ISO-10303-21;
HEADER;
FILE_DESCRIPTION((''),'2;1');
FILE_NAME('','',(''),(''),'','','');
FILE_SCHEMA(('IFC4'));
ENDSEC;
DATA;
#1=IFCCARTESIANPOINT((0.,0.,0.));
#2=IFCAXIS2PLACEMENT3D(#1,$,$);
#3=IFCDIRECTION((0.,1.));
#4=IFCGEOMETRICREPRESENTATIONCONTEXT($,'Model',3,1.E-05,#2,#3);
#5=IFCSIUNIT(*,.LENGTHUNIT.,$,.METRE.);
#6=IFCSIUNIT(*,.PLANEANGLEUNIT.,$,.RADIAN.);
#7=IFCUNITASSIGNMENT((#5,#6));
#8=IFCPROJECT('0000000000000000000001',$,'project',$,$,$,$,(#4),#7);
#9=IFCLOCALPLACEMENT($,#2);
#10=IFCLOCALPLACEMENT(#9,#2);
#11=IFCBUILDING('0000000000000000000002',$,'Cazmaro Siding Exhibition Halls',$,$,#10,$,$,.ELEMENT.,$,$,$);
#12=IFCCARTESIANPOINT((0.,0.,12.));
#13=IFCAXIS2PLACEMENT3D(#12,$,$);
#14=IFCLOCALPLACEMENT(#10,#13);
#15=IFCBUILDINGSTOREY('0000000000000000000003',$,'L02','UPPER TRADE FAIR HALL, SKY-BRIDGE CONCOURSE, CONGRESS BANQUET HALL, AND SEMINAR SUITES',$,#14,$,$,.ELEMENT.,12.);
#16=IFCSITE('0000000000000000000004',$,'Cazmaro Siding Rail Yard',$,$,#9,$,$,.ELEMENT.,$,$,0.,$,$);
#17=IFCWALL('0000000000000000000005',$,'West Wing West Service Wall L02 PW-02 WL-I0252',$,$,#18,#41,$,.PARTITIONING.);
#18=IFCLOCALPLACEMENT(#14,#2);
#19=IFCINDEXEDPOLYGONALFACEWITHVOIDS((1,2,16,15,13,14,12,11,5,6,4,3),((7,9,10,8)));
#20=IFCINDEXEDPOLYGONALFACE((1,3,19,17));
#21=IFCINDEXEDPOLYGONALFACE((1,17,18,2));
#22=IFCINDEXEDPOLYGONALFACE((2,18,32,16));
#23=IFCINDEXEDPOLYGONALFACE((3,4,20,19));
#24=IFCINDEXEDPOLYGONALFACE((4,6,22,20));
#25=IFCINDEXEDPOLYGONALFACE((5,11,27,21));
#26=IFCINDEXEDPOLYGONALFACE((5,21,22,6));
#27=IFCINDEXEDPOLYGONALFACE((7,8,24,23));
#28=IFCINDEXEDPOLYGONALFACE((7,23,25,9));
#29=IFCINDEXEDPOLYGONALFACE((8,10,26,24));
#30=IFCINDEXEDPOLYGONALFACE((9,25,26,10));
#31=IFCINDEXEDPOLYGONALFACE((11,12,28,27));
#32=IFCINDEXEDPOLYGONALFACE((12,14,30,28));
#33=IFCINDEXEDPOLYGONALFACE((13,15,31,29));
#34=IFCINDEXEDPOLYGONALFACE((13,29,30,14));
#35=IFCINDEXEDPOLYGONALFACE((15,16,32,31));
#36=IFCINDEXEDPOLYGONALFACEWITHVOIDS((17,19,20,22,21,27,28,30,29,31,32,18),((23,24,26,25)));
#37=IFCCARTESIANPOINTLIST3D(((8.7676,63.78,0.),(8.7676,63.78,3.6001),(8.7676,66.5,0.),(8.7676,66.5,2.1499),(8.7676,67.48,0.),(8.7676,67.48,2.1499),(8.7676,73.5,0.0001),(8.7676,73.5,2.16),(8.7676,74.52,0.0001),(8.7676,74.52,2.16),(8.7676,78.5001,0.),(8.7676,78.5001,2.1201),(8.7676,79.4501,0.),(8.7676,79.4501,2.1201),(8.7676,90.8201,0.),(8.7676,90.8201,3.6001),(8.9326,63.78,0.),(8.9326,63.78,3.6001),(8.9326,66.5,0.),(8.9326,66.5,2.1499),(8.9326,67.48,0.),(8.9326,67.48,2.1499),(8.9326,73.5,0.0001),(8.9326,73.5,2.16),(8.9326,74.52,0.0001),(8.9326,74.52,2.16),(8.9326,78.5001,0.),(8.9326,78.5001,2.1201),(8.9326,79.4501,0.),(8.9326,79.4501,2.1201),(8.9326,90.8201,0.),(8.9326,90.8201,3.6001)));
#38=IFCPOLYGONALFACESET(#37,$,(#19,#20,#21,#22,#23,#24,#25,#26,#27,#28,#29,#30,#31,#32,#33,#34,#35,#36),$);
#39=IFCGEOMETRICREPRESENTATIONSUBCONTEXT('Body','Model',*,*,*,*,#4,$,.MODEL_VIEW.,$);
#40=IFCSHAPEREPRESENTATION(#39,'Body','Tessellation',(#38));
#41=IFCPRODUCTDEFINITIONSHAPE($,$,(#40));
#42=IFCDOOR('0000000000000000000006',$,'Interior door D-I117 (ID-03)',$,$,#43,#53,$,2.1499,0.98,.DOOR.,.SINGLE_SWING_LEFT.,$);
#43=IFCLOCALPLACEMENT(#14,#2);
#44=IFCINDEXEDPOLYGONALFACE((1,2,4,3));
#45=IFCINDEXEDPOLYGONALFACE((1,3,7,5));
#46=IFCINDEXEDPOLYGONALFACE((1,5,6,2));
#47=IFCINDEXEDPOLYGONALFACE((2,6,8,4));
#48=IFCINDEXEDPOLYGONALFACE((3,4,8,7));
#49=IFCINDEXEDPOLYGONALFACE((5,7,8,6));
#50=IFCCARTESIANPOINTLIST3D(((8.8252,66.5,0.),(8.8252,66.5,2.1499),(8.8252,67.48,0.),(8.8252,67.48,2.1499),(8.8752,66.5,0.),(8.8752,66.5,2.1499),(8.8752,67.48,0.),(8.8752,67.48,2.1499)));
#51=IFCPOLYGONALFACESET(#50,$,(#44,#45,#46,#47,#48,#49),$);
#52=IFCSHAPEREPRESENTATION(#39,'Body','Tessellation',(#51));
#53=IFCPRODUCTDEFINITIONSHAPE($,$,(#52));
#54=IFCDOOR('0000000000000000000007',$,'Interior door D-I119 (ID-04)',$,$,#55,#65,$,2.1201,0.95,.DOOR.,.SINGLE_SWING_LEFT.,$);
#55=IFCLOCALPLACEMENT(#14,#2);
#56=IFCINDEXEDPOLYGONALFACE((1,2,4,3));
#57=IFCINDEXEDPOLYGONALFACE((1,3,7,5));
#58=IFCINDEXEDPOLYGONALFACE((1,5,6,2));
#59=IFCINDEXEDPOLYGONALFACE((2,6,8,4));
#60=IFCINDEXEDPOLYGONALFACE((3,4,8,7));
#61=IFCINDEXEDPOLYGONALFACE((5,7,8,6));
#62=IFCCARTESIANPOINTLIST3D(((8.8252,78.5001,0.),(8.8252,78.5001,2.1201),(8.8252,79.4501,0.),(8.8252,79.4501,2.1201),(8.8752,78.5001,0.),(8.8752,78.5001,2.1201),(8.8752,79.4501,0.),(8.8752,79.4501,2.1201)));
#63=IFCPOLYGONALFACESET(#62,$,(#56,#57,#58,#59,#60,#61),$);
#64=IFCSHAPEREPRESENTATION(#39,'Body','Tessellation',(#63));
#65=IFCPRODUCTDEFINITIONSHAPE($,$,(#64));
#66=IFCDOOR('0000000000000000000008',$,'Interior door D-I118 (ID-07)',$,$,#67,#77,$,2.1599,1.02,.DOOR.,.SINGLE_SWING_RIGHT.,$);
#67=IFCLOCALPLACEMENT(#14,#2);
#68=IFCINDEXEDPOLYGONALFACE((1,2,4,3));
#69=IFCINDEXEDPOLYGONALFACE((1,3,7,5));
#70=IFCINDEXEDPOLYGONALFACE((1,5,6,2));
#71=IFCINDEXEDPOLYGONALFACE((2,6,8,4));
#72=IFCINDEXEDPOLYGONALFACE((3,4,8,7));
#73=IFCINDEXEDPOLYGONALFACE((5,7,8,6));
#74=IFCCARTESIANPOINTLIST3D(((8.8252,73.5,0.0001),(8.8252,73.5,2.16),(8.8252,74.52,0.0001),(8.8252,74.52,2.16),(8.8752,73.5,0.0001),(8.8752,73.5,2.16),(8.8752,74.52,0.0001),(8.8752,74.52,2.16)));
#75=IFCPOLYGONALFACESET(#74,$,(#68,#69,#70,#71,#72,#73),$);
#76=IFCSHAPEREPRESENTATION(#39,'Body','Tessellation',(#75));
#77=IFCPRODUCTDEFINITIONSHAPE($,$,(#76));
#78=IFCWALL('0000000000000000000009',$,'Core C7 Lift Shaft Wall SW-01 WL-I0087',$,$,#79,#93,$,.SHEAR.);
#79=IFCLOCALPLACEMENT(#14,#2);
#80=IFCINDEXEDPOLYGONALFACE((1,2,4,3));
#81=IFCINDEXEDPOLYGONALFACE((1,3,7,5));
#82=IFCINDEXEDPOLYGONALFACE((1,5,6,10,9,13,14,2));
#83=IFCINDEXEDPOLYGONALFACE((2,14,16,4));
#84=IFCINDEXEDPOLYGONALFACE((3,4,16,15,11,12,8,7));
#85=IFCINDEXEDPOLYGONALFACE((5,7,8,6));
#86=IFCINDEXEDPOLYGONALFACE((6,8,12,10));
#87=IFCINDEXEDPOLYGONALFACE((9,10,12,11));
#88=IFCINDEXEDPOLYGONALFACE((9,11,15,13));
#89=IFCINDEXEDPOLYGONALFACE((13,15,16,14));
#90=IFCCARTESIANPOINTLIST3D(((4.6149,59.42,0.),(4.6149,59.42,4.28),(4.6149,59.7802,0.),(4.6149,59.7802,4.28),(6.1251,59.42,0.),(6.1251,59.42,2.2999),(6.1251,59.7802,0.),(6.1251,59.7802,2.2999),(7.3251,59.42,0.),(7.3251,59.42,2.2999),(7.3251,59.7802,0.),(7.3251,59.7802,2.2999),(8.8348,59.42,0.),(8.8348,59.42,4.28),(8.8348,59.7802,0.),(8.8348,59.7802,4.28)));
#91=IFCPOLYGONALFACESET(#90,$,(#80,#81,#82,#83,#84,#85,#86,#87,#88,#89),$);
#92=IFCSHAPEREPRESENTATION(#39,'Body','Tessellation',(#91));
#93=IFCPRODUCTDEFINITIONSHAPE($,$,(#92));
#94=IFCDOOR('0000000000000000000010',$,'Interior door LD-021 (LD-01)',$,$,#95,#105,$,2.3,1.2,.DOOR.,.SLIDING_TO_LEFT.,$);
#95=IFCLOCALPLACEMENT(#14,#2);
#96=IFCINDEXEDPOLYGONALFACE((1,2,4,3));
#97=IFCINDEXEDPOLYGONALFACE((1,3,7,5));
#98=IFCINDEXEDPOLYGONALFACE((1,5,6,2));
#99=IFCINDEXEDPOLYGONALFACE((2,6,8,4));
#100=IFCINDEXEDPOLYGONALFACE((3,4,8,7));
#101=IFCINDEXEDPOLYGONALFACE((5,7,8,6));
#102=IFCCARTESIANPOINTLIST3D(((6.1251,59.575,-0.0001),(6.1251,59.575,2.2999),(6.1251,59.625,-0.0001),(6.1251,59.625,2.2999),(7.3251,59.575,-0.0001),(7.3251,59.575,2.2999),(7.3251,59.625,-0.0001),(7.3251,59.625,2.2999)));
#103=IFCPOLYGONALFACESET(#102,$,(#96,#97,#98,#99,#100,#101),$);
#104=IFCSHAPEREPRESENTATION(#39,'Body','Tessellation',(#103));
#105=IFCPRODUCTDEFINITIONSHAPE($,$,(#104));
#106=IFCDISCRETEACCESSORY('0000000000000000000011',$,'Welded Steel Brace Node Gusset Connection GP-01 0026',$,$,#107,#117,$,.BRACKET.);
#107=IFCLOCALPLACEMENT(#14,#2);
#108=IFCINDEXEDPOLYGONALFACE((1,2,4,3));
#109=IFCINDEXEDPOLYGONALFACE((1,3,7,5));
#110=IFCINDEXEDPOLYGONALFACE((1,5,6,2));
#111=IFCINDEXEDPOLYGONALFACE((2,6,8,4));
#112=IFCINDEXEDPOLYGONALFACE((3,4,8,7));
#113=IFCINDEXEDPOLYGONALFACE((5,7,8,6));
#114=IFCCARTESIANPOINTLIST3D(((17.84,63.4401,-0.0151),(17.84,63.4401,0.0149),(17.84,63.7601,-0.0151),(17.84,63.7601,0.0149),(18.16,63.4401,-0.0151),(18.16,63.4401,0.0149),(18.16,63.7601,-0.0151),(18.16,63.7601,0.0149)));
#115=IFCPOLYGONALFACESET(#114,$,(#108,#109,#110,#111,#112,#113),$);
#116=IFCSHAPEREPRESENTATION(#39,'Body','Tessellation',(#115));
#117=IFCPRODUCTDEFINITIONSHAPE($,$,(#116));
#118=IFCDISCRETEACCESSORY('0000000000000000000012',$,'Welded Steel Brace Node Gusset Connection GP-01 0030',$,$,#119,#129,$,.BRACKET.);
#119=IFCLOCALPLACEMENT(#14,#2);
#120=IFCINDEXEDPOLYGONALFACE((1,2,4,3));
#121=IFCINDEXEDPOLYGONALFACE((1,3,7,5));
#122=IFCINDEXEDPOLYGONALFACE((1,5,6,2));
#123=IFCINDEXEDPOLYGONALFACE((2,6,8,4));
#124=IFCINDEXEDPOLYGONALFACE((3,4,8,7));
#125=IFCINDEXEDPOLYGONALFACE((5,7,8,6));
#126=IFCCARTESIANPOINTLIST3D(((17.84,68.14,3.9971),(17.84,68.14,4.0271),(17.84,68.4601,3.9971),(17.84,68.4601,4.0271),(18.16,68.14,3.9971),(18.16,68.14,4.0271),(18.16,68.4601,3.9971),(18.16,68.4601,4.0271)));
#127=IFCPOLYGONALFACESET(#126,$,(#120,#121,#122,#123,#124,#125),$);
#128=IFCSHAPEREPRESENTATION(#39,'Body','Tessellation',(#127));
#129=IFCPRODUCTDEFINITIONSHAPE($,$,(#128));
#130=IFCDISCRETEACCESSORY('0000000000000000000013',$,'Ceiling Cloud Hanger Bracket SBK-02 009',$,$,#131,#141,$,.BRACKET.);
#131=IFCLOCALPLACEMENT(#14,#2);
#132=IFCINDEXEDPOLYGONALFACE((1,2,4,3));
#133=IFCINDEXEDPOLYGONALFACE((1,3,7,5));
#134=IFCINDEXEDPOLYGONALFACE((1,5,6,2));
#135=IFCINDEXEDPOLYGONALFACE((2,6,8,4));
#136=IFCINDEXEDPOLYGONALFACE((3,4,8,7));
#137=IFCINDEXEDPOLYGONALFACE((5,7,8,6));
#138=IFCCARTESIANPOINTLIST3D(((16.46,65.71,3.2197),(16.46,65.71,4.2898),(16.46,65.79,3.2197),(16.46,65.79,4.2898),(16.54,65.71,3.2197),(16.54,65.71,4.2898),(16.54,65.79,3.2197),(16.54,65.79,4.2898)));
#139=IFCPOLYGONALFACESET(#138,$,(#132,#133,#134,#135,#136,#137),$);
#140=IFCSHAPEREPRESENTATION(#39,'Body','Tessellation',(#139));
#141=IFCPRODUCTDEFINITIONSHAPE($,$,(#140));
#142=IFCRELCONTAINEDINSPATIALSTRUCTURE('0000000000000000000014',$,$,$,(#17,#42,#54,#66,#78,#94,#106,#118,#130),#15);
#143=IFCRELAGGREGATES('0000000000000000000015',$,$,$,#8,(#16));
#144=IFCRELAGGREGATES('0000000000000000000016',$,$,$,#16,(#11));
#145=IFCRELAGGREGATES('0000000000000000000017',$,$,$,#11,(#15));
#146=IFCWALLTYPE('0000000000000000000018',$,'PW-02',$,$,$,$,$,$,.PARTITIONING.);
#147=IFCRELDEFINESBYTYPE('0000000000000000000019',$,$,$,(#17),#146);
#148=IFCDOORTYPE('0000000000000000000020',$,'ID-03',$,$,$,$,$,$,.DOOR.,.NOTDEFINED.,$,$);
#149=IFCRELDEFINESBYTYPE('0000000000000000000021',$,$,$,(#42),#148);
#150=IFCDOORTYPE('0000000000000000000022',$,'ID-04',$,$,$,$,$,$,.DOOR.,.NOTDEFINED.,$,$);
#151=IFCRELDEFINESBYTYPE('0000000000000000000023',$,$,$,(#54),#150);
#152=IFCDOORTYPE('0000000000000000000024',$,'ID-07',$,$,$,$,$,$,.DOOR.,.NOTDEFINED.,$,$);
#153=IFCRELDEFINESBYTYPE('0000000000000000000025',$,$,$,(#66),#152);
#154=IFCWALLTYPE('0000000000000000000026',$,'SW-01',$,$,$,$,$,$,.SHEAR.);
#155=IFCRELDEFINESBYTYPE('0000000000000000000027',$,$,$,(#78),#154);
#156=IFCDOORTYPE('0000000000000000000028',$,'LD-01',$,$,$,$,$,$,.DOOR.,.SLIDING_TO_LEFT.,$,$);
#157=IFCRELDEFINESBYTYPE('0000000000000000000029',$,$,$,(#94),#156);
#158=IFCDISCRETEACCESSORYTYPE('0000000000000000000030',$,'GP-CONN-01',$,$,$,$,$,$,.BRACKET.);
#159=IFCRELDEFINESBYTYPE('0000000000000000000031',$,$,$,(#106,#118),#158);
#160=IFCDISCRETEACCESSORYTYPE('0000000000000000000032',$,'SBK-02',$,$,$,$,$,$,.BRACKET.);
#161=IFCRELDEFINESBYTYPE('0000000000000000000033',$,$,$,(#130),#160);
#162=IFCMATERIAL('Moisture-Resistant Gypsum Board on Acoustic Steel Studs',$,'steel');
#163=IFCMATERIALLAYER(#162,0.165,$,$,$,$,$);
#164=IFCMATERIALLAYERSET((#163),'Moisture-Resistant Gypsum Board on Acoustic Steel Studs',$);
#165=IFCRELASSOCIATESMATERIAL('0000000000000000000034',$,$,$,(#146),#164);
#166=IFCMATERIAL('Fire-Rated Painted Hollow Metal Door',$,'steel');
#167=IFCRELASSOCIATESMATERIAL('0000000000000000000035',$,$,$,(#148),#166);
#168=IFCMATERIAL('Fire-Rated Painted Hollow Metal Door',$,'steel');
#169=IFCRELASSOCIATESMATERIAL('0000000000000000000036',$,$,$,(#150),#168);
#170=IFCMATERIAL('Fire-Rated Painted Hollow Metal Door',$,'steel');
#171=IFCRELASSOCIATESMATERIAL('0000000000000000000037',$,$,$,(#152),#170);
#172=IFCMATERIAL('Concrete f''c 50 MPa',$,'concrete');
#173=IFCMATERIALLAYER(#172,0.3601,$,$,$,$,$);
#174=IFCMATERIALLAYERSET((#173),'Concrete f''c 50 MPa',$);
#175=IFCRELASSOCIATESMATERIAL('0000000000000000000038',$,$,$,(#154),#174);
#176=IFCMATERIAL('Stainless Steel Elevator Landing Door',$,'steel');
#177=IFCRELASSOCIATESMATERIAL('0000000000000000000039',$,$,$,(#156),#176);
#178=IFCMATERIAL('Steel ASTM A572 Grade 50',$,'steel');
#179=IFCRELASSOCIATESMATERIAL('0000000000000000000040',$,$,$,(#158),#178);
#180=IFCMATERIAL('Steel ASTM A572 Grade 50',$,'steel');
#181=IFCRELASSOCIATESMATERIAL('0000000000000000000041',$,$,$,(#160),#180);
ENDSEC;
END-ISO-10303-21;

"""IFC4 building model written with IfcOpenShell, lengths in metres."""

from ifc_helpers import new_model, si_unit, direction, frame, frame_2d, origin, origin_2d, place, context, subcontext, project, spatial, rectangle, extrude, material, layer, layer_set, type_object, element, fill, save


model = new_model("IFC4")

# Units and contexts
model_context = context("Model", 3, precision=1e-05, world=origin(), true_north=direction((0.0, 1.0)))
body_context = subcontext(model_context, "Body", "Model", "MODEL_VIEW")
ifc_project = project(units=[si_unit("LENGTHUNIT", "METRE"), si_unit("PLANEANGLEUNIT", "RADIAN")], contexts=[model_context])

# Site, building, storey
site_placement = place(None, origin())
site = spatial("IfcSite", under=ifc_project, at=site_placement, Name="Cazmaro Siding Rail Yard", CompositionType="ELEMENT", RefElevation=0.0)
building_placement = place(site_placement, origin())
building = spatial("IfcBuilding", under=site, at=building_placement, Name="Cazmaro Siding Exhibition Halls", CompositionType="ELEMENT")
storey_placement = place(building_placement, frame((0.0, 0.0, 12.0)))
storey = spatial("IfcBuildingStorey", under=building, at=storey_placement, Name="L02", Description="UPPER TRADE FAIR HALL, SKY-BRIDGE CONCOURSE, CONGRESS BANQUET HALL, AND SEMINAR SUITES", CompositionType="ELEMENT", Elevation=12.0)

# Wall, openings, doors
ifc_material_1 = material(Name="Moisture-Resistant Gypsum Board on Acoustic Steel Studs", Category="steel")
ifc_layer_1 = layer(ifc_material_1, 0.165)
ifc_layer_set_1 = layer_set([ifc_layer_1], Name="Moisture-Resistant Gypsum Board on Acoustic Steel Studs")
wall_type_1 = type_object("IfcWallType", Name="PW-02", PredefinedType="PARTITIONING", material=ifc_layer_set_1)
wall_1_placement = place(storey_placement, frame((8.8501, 63.78, 0.0), z_axis=(0.0, 0.0, 1.0), x_axis=(0.0, 1.0, 0.0)))
wall_1 = element("IfcWall", 1, at=wall_1_placement, inside=storey, type_object=wall_type_1, Name="West Wing West Service Wall L02 PW-02 WL-I0252", PredefinedType="PARTITIONING", context=body_context, shape_type="SweptSolid", body=[
    extrude(rectangle(XDim=27.04, YDim=0.165, at=frame_2d((13.52, 0.0))), origin(), (0.0, 0.0, 1.0), 3.6001),
])
opening_1_placement = place(wall_1_placement, frame((2.72, 0.0, 0.0)))
opening_1 = element("IfcOpeningElement", 2, at=opening_1_placement, cuts=wall_1, PredefinedType="OPENING", context=body_context, shape_type="SweptSolid", body=[
    extrude(rectangle(XDim=0.98, YDim=2.1499, at=frame_2d((0.49, 1.075))), frame((0.0, 0.0925, 0.0), z_axis=(0.0, -1.0, 0.0), x_axis=(1.0, 0.0, 0.0)), (0.0, 0.0, 1.0), 0.1851),
])
opening_2_placement = place(wall_1_placement, frame((9.72, 0.0, 0.0)))
opening_2 = element("IfcOpeningElement", 3, at=opening_2_placement, cuts=wall_1, PredefinedType="OPENING", context=body_context, shape_type="SweptSolid", body=[
    extrude(rectangle(XDim=1.02, YDim=2.1599, at=frame_2d((0.51, 1.0801))), frame((0.0, 0.0925, 0.0), z_axis=(0.0, -1.0, 0.0), x_axis=(1.0, 0.0, 0.0)), (0.0, 0.0, 1.0), 0.1851),
])
opening_3_placement = place(wall_1_placement, frame((14.72, 0.0, 0.0)))
opening_3 = element("IfcOpeningElement", 4, at=opening_3_placement, cuts=wall_1, PredefinedType="OPENING", context=body_context, shape_type="SweptSolid", body=[
    extrude(rectangle(XDim=0.95, YDim=2.1201, at=frame_2d((0.4751, 1.0601))), frame((0.0, 0.0925, 0.0), z_axis=(0.0, -1.0, 0.0), x_axis=(1.0, 0.0, 0.0)), (0.0, 0.0, 1.0), 0.1851),
])
ifc_material_2 = material(Name="Fire-Rated Painted Hollow Metal Door", Category="steel")
door_type_1 = type_object("IfcDoorType", Name="ID-03", OperationType="NOTDEFINED", PredefinedType="DOOR", material=ifc_material_2)
door_1_placement = place(opening_1_placement, origin())
door_1 = element("IfcDoor", 5, at=door_1_placement, inside=storey, type_object=door_type_1, Name="Interior door D-I117 (ID-03)", OperationType="SINGLE_SWING_LEFT", OverallHeight=2.1499, OverallWidth=0.98, PredefinedType="DOOR", context=body_context, shape_type="SweptSolid", body=[
    extrude(rectangle(XDim=0.98, YDim=2.1499, at=frame_2d((0.49, 1.075))), frame((0.0, 0.0249, 0.0), z_axis=(0.0, -1.0, 0.0), x_axis=(1.0, 0.0, 0.0)), (0.0, 0.0, 1.0), 0.05),
])
fill(opening_1, door_1)
ifc_material_3 = material(Name="Fire-Rated Painted Hollow Metal Door", Category="steel")
door_type_2 = type_object("IfcDoorType", Name="ID-04", OperationType="NOTDEFINED", PredefinedType="DOOR", material=ifc_material_3)
door_2_placement = place(opening_3_placement, origin())
door_2 = element("IfcDoor", 6, at=door_2_placement, inside=storey, type_object=door_type_2, Name="Interior door D-I119 (ID-04)", OperationType="SINGLE_SWING_LEFT", OverallHeight=2.1201, OverallWidth=0.95, PredefinedType="DOOR", context=body_context, shape_type="SweptSolid", body=[
    extrude(rectangle(XDim=0.95, YDim=2.1201, at=frame_2d((0.4751, 1.0601))), frame((0.0, 0.0249, 0.0), z_axis=(0.0, -1.0, 0.0), x_axis=(1.0, 0.0, 0.0)), (0.0, 0.0, 1.0), 0.05),
])
fill(opening_3, door_2)
ifc_material_4 = material(Name="Fire-Rated Painted Hollow Metal Door", Category="steel")
door_type_3 = type_object("IfcDoorType", Name="ID-07", OperationType="NOTDEFINED", PredefinedType="DOOR", material=ifc_material_4)
door_3_placement = place(opening_2_placement, origin())
door_3 = element("IfcDoor", 7, at=door_3_placement, inside=storey, type_object=door_type_3, Name="Interior door D-I118 (ID-07)", OperationType="SINGLE_SWING_RIGHT", OverallHeight=2.1599, OverallWidth=1.02, PredefinedType="DOOR", context=body_context, shape_type="SweptSolid", body=[
    extrude(rectangle(XDim=1.02, YDim=2.1599, at=frame_2d((0.51, 1.0801))), frame((0.0, 0.0249, 0.0), z_axis=(0.0, -1.0, 0.0), x_axis=(1.0, 0.0, 0.0)), (0.0, 0.0, 1.0), 0.05),
])
fill(opening_2, door_3)

# Wall, opening, door
ifc_material_5 = material(Name="Concrete f'c 50 MPa", Category="concrete")
ifc_layer_2 = layer(ifc_material_5, 0.3601)
ifc_layer_set_2 = layer_set([ifc_layer_2], Name="Concrete f'c 50 MPa")
wall_type_2 = type_object("IfcWallType", Name="SW-01", PredefinedType="SHEAR", material=ifc_layer_set_2)
wall_2_placement = place(storey_placement, frame((4.615, 59.6001, 0.0), z_axis=(0.0, 0.0, 1.0), x_axis=(1.0, 0.0, 0.0)))
wall_2 = element("IfcWall", 8, at=wall_2_placement, inside=storey, type_object=wall_type_2, Name="Core C7 Lift Shaft Wall SW-01 WL-I0087", PredefinedType="SHEAR", context=body_context, shape_type="SweptSolid", body=[
    extrude(rectangle(XDim=4.22, YDim=0.3601, at=frame_2d((2.1099, 0.0))), origin(), (0.0, 0.0, 1.0), 4.28),
])
opening_4_placement = place(wall_2_placement, frame((1.51, 0.0, 0.0)))
opening_4 = element("IfcOpeningElement", 9, at=opening_4_placement, cuts=wall_2, PredefinedType="OPENING", context=body_context, shape_type="SweptSolid", body=[
    extrude(rectangle(XDim=1.2, YDim=2.3, at=frame_2d((0.6001, 1.1499))), frame((0.0, 0.1899, 0.0), z_axis=(0.0, -1.0, 0.0), x_axis=(1.0, 0.0, 0.0)), (0.0, 0.0, 1.0), 0.3801),
])
ifc_material_6 = material(Name="Stainless Steel Elevator Landing Door", Category="steel")
door_type_4 = type_object("IfcDoorType", Name="LD-01", OperationType="SLIDING_TO_LEFT", PredefinedType="DOOR", material=ifc_material_6)
door_4_placement = place(opening_4_placement, origin())
door_4 = element("IfcDoor", 10, at=door_4_placement, inside=storey, type_object=door_type_4, Name="Interior door LD-021 (LD-01)", OperationType="SLIDING_TO_LEFT", OverallHeight=2.3, OverallWidth=1.2, PredefinedType="DOOR", context=body_context, shape_type="SweptSolid", body=[
    extrude(rectangle(XDim=1.2, YDim=2.3, at=frame_2d((0.6001, 1.1499))), frame((0.0, 0.0249, 0.0), z_axis=(0.0, -1.0, 0.0), x_axis=(1.0, 0.0, 0.0)), (0.0, 0.0, 1.0), 0.05),
])
fill(opening_4, door_4)

# Discrete accessories
ifc_material_7 = material(Name="Steel ASTM A572 Grade 50", Category="steel")
discrete_accessory_type_1 = type_object("IfcDiscreteAccessoryType", Name="GP-CONN-01", PredefinedType="BRACKET", material=ifc_material_7)
for number, where, z_axis, x_axis, name in (
    (11, (18.0, 63.6001, -0.0151), (0.0, 0.0, 1.0), (1.0, 0.0, 0.0), "Welded Steel Brace Node Gusset Connection GP-01 0026"),
    (12, (18.0, 68.3, 3.9971), (0.0, 0.0, 1.0), (1.0, 0.0, 0.0), "Welded Steel Brace Node Gusset Connection GP-01 0030"),
):
    element("IfcDiscreteAccessory", number, at=place(storey_placement, frame(where, z_axis=z_axis, x_axis=x_axis)), inside=storey, type_object=discrete_accessory_type_1, Name=name, PredefinedType="BRACKET", context=body_context, shape_type="SweptSolid", body=[
        extrude(rectangle(XDim=0.3201, YDim=0.3201, at=origin_2d()), origin(), (0.0, 0.0, 1.0), 0.03),
    ])
ifc_material_8 = material(Name="Steel ASTM A572 Grade 50", Category="steel")
discrete_accessory_type_2 = type_object("IfcDiscreteAccessoryType", Name="SBK-02", PredefinedType="BRACKET", material=ifc_material_8)
discrete_accessory_placement = place(storey_placement, frame((16.5, 65.75, 3.2197), z_axis=(0.0, 0.0, 1.0), x_axis=(1.0, 0.0, 0.0)))
element("IfcDiscreteAccessory", 13, at=discrete_accessory_placement, inside=storey, type_object=discrete_accessory_type_2, Name="Ceiling Cloud Hanger Bracket SBK-02 009", PredefinedType="BRACKET", context=body_context, shape_type="SweptSolid", body=[
    extrude(rectangle(XDim=0.0801, YDim=0.0801, at=origin_2d()), origin(), (0.0, 0.0, 1.0), 1.0701),
])

save(model, "model.ifc")
